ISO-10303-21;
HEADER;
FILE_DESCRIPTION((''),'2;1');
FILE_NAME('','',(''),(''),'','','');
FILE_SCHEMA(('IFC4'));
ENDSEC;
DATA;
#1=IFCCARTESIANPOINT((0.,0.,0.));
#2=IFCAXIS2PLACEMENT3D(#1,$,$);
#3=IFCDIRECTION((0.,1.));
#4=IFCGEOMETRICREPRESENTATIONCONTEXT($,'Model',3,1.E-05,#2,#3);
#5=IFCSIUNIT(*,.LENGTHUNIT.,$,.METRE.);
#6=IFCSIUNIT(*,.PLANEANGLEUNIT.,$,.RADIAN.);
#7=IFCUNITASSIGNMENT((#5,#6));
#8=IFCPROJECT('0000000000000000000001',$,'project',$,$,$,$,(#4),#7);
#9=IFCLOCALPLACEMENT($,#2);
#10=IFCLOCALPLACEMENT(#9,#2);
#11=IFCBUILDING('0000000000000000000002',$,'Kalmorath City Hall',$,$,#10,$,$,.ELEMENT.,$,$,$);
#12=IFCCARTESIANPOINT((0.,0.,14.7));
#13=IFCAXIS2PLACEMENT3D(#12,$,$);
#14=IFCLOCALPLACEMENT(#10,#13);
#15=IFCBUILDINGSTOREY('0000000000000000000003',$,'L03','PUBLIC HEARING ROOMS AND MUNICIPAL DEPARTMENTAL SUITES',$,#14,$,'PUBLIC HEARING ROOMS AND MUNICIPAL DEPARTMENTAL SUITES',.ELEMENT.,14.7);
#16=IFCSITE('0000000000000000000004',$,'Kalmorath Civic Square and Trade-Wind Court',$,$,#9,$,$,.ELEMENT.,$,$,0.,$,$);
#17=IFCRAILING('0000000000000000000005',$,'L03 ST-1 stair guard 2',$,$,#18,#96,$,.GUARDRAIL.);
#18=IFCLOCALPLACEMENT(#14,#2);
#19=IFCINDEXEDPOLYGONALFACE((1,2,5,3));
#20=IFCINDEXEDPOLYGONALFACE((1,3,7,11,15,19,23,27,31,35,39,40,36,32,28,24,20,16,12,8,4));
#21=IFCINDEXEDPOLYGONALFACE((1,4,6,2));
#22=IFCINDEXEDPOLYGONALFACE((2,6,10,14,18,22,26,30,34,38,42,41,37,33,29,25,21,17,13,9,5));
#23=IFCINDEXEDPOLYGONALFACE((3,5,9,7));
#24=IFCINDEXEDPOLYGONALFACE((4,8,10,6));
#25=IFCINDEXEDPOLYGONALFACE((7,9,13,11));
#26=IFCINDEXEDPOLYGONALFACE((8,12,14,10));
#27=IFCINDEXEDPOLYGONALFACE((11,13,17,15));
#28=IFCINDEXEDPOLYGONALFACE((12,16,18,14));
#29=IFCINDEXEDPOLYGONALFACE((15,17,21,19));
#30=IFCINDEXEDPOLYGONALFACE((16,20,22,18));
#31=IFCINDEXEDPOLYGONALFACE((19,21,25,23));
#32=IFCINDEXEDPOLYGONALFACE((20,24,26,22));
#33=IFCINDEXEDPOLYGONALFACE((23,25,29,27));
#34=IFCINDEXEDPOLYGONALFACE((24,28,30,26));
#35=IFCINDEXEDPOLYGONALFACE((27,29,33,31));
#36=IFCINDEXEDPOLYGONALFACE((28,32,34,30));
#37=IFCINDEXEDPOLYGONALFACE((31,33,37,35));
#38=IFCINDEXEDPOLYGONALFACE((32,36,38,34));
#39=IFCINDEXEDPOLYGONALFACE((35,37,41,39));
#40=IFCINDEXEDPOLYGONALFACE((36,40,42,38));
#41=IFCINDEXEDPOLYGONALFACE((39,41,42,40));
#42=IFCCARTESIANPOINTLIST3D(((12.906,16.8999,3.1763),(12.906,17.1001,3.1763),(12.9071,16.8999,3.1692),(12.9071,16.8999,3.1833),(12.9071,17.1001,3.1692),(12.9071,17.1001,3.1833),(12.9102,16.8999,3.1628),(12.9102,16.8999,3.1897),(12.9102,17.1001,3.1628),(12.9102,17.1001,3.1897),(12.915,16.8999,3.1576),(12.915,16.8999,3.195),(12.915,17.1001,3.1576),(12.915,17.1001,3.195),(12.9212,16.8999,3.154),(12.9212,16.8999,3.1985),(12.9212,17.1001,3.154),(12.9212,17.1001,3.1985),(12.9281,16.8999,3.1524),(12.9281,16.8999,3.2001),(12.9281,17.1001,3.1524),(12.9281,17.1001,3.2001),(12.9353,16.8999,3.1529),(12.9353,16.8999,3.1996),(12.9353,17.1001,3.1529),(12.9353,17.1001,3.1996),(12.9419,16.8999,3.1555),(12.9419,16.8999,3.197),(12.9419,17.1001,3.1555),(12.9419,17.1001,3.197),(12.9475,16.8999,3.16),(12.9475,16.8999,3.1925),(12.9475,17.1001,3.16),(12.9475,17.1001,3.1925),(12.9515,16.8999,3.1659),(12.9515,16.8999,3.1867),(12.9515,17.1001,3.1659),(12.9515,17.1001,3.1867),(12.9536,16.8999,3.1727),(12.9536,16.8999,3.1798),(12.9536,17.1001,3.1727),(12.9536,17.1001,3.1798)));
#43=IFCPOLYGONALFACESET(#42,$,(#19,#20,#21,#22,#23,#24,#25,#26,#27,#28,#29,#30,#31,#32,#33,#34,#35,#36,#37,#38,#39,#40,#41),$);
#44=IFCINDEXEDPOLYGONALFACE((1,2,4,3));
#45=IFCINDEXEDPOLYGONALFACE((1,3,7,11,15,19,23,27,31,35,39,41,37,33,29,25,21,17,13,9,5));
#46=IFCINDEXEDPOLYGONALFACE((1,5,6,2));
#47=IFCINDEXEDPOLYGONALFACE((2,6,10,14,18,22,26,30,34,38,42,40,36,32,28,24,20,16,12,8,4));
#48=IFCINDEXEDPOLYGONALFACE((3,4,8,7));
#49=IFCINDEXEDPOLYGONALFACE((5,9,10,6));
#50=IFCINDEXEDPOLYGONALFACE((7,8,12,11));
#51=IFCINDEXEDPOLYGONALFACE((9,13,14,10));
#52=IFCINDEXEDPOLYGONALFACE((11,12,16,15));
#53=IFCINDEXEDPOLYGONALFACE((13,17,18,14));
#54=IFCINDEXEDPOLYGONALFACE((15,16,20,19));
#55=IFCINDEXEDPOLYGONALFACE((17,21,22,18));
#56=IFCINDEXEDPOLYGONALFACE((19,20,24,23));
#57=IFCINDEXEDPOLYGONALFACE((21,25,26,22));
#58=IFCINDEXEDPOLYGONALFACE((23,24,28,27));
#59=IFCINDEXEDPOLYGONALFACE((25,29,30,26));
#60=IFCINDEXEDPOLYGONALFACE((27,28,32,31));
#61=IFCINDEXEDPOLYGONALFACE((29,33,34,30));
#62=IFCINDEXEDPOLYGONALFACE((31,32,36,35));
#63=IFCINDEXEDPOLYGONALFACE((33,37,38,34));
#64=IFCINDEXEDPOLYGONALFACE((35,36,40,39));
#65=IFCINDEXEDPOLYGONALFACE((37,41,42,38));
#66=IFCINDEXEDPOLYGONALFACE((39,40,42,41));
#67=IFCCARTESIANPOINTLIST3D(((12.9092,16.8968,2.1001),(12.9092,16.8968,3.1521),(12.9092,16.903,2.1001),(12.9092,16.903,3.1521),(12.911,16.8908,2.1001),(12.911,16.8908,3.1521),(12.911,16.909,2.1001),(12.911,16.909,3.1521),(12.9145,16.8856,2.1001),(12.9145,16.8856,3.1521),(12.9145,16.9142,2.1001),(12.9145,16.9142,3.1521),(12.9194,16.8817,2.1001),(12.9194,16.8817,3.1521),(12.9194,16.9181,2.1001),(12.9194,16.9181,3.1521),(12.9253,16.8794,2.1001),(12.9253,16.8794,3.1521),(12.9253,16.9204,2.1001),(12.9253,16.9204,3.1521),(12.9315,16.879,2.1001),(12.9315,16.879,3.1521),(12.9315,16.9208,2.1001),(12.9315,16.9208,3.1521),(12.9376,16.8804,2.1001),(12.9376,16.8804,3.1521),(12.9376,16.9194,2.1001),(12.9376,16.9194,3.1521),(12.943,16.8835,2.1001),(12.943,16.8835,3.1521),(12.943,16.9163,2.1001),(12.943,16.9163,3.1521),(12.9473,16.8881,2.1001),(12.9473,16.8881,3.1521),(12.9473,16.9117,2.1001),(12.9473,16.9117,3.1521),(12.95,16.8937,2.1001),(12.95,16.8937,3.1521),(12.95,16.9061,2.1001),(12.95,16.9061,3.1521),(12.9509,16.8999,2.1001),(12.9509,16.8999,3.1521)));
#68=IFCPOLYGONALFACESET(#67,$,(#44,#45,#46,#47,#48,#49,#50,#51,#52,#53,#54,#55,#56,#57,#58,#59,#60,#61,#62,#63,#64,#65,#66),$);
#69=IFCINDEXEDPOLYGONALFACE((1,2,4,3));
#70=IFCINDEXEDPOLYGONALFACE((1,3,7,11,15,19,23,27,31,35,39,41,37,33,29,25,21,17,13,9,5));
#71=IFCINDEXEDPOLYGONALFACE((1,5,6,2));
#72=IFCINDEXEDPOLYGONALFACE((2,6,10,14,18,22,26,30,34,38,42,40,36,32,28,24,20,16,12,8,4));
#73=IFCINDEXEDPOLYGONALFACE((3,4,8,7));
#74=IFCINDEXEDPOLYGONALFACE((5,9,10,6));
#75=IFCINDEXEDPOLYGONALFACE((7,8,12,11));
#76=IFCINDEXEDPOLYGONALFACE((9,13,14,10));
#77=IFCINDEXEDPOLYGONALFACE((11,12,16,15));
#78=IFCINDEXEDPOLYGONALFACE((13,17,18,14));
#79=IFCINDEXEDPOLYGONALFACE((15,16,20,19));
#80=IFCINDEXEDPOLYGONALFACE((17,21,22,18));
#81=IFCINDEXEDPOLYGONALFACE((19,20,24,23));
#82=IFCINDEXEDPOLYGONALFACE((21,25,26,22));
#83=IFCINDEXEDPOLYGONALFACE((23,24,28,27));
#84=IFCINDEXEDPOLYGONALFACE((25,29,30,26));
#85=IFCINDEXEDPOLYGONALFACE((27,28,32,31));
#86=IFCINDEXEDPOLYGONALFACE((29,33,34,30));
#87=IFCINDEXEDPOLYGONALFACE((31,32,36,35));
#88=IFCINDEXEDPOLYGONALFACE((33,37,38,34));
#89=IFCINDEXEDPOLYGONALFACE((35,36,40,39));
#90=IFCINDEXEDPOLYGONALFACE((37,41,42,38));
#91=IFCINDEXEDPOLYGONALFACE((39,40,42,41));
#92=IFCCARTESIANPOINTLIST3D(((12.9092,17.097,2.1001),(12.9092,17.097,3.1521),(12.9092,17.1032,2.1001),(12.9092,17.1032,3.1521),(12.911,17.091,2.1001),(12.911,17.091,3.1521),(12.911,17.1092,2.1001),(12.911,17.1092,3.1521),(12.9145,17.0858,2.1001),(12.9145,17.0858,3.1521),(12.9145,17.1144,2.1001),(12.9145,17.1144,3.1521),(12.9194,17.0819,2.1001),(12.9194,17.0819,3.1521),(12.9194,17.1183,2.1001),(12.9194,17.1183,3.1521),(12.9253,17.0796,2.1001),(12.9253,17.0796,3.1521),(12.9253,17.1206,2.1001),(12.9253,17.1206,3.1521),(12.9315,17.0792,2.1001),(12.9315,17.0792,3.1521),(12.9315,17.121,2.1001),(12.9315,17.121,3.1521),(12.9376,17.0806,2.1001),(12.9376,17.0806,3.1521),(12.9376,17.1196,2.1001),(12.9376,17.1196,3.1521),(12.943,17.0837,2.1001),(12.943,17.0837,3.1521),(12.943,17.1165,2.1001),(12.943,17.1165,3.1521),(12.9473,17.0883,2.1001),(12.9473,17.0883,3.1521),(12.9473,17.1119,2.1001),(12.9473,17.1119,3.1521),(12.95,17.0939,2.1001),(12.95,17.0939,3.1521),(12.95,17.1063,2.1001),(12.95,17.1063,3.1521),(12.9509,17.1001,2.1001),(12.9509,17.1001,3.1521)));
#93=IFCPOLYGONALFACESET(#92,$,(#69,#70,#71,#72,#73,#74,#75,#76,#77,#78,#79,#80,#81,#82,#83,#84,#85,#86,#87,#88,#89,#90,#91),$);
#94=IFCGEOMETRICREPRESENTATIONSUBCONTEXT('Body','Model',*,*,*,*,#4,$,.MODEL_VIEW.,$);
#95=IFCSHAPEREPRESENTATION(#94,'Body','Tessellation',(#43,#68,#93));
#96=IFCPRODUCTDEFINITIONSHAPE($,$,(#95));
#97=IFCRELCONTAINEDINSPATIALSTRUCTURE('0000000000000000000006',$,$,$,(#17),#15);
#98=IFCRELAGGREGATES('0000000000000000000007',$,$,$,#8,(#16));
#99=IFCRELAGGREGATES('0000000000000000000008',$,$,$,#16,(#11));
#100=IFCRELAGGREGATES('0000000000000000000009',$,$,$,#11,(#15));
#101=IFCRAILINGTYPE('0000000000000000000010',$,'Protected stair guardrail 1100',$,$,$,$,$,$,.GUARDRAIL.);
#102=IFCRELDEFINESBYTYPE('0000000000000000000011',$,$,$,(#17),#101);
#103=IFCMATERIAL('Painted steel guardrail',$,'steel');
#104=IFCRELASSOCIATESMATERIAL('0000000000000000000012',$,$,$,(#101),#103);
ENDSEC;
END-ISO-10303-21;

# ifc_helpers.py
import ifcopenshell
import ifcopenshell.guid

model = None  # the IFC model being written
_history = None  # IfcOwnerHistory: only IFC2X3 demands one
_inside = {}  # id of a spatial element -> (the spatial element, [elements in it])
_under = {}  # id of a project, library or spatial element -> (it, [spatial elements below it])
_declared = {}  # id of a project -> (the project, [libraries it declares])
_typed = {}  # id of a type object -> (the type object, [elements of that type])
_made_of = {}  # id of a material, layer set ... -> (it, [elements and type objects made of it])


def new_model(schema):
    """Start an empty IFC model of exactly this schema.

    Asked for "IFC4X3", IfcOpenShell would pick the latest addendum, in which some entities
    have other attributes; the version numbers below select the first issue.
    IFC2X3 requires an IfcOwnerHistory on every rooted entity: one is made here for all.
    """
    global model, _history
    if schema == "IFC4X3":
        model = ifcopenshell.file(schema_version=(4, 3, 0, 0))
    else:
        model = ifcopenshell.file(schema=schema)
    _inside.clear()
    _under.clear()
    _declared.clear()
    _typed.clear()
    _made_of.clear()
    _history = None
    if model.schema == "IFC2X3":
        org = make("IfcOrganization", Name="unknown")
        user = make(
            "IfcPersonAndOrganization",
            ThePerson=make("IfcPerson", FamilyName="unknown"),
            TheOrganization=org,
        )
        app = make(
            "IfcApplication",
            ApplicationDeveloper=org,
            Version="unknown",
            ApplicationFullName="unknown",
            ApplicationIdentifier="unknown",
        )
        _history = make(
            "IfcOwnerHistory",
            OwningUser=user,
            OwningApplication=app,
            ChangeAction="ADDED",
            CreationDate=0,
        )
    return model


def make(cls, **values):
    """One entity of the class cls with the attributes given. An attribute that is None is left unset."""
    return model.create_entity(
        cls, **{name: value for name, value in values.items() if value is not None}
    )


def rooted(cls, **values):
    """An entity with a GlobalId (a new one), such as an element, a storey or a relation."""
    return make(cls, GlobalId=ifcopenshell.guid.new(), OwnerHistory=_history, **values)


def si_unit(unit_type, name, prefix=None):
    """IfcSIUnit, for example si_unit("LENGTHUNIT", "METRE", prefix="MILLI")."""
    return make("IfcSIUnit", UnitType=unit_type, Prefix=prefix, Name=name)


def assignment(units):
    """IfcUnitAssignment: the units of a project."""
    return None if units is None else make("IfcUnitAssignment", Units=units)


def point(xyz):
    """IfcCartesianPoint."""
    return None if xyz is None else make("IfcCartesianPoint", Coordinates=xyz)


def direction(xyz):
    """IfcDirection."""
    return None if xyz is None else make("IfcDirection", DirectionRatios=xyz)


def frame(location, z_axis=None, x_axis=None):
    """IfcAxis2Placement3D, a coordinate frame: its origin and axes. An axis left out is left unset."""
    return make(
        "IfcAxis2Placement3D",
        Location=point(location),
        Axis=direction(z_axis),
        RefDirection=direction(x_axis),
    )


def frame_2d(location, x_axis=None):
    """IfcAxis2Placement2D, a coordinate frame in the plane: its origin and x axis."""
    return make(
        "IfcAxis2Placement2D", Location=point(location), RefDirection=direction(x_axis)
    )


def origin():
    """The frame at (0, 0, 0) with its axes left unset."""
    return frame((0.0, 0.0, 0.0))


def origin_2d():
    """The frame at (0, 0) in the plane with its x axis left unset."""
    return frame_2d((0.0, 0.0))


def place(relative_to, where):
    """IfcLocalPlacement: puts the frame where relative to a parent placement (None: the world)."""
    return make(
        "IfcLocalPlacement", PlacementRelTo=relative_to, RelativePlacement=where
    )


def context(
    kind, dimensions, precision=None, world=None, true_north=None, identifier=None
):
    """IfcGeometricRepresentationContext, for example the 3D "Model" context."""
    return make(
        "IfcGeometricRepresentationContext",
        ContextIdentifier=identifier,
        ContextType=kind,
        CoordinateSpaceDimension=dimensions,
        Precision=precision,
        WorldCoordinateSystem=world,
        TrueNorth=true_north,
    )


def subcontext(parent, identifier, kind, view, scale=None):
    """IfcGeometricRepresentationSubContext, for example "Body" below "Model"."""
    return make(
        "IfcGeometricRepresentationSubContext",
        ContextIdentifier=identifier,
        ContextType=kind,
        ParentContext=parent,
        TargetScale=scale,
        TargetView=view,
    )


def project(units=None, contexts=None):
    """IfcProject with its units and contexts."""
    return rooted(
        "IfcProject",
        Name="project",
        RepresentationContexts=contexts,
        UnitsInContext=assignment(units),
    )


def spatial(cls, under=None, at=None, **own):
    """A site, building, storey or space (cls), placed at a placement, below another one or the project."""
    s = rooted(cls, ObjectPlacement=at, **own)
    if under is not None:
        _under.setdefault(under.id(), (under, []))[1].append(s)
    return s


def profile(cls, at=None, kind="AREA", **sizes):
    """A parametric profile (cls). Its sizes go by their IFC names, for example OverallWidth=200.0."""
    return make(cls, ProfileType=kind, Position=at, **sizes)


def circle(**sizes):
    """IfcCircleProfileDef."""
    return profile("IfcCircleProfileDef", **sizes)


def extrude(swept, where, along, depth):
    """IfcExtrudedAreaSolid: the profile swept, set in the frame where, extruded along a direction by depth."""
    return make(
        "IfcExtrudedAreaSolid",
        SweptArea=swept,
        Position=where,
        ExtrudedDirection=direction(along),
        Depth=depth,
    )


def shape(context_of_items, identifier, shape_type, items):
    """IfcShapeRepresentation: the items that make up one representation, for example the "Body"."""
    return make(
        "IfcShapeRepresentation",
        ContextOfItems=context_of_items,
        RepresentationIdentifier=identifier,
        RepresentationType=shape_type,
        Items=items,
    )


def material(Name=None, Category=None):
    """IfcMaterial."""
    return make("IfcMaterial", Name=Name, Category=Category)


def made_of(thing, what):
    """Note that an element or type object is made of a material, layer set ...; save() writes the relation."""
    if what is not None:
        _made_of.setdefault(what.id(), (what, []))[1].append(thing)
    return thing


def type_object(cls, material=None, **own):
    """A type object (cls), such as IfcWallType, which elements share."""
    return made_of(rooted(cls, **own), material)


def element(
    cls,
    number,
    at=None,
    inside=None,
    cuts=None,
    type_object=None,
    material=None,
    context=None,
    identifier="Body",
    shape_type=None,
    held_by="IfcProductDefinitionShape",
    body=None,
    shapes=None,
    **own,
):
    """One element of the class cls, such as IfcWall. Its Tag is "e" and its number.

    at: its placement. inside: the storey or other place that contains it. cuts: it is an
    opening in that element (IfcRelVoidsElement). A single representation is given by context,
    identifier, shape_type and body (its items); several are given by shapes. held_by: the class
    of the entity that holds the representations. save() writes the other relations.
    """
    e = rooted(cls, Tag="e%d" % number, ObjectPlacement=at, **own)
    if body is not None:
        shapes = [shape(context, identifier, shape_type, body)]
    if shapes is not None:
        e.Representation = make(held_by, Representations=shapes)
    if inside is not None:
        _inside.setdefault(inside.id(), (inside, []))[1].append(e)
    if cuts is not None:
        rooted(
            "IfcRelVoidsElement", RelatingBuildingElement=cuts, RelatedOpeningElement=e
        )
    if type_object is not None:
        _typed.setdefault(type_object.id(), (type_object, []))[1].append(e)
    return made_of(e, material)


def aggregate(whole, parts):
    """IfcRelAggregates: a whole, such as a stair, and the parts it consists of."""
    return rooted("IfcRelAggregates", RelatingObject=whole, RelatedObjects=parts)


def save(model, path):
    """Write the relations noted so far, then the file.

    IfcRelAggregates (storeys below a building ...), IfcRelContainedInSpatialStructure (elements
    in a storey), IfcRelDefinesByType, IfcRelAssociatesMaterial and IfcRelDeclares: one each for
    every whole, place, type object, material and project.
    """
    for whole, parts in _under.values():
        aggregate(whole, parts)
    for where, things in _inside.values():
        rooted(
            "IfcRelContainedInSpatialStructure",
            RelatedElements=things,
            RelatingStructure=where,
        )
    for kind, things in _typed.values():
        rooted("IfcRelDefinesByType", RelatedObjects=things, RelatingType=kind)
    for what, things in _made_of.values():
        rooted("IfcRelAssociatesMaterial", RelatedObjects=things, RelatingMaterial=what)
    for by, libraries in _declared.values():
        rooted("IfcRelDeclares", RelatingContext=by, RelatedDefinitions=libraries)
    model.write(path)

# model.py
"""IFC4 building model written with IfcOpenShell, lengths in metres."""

from ifc_helpers import new_model, si_unit, direction, frame, origin, origin_2d, place, context, subcontext, project, spatial, circle, extrude, material, type_object, element, save


model = new_model("IFC4")

# Units and contexts
model_context = context("Model", 3, precision=1e-05, world=origin(), true_north=direction((0.0, 1.0)))
body_context = subcontext(model_context, "Body", "Model", "MODEL_VIEW")
ifc_project = project(units=[si_unit("LENGTHUNIT", "METRE"), si_unit("PLANEANGLEUNIT", "RADIAN")], contexts=[model_context])

# Site, building, storey
site_placement = place(None, origin())
site = spatial("IfcSite", under=ifc_project, at=site_placement, Name="Kalmorath Civic Square and Trade-Wind Court", CompositionType="ELEMENT", RefElevation=0.0)
building_placement = place(site_placement, origin())
building = spatial("IfcBuilding", under=site, at=building_placement, Name="Kalmorath City Hall", CompositionType="ELEMENT")
storey_placement = place(building_placement, frame((0.0, 0.0, 14.7)))
storey = spatial("IfcBuildingStorey", under=building, at=storey_placement, Name="L03", Description="PUBLIC HEARING ROOMS AND MUNICIPAL DEPARTMENTAL SUITES", LongName="PUBLIC HEARING ROOMS AND MUNICIPAL DEPARTMENTAL SUITES", CompositionType="ELEMENT", Elevation=14.7)

# Railing
ifc_material_1 = material(Name="Painted steel guardrail", Category="steel")
railing_type_1 = type_object("IfcRailingType", Name="Protected stair guardrail 1100", PredefinedType="GUARDRAIL", material=ifc_material_1)
railing_1_placement = place(storey_placement, frame((12.9299, 16.8999, 2.1001)))
element("IfcRailing", 1, at=railing_1_placement, inside=storey, type_object=railing_type_1, Name="L03 ST-1 stair guard 2", PredefinedType="GUARDRAIL", context=body_context, shape_type="SweptSolid", body=[
    extrude(circle(Radius=0.0239, at=origin_2d()), frame((0.0, 0.0, 1.0762), z_axis=(0.0, 1.0, 0.0), x_axis=(-1.0, 0.0, 0.0)), (0.0, 0.0, 1.0), 0.2002),
    extrude(circle(Radius=0.021, at=origin_2d()), origin(), (0.0, 0.0, 1.0), 1.052),
    extrude(circle(Radius=0.021, at=origin_2d()), frame((0.0, 0.2002, 0.0)), (0.0, 0.0, 1.0), 1.052),
])

save(model, "model.ifc")
